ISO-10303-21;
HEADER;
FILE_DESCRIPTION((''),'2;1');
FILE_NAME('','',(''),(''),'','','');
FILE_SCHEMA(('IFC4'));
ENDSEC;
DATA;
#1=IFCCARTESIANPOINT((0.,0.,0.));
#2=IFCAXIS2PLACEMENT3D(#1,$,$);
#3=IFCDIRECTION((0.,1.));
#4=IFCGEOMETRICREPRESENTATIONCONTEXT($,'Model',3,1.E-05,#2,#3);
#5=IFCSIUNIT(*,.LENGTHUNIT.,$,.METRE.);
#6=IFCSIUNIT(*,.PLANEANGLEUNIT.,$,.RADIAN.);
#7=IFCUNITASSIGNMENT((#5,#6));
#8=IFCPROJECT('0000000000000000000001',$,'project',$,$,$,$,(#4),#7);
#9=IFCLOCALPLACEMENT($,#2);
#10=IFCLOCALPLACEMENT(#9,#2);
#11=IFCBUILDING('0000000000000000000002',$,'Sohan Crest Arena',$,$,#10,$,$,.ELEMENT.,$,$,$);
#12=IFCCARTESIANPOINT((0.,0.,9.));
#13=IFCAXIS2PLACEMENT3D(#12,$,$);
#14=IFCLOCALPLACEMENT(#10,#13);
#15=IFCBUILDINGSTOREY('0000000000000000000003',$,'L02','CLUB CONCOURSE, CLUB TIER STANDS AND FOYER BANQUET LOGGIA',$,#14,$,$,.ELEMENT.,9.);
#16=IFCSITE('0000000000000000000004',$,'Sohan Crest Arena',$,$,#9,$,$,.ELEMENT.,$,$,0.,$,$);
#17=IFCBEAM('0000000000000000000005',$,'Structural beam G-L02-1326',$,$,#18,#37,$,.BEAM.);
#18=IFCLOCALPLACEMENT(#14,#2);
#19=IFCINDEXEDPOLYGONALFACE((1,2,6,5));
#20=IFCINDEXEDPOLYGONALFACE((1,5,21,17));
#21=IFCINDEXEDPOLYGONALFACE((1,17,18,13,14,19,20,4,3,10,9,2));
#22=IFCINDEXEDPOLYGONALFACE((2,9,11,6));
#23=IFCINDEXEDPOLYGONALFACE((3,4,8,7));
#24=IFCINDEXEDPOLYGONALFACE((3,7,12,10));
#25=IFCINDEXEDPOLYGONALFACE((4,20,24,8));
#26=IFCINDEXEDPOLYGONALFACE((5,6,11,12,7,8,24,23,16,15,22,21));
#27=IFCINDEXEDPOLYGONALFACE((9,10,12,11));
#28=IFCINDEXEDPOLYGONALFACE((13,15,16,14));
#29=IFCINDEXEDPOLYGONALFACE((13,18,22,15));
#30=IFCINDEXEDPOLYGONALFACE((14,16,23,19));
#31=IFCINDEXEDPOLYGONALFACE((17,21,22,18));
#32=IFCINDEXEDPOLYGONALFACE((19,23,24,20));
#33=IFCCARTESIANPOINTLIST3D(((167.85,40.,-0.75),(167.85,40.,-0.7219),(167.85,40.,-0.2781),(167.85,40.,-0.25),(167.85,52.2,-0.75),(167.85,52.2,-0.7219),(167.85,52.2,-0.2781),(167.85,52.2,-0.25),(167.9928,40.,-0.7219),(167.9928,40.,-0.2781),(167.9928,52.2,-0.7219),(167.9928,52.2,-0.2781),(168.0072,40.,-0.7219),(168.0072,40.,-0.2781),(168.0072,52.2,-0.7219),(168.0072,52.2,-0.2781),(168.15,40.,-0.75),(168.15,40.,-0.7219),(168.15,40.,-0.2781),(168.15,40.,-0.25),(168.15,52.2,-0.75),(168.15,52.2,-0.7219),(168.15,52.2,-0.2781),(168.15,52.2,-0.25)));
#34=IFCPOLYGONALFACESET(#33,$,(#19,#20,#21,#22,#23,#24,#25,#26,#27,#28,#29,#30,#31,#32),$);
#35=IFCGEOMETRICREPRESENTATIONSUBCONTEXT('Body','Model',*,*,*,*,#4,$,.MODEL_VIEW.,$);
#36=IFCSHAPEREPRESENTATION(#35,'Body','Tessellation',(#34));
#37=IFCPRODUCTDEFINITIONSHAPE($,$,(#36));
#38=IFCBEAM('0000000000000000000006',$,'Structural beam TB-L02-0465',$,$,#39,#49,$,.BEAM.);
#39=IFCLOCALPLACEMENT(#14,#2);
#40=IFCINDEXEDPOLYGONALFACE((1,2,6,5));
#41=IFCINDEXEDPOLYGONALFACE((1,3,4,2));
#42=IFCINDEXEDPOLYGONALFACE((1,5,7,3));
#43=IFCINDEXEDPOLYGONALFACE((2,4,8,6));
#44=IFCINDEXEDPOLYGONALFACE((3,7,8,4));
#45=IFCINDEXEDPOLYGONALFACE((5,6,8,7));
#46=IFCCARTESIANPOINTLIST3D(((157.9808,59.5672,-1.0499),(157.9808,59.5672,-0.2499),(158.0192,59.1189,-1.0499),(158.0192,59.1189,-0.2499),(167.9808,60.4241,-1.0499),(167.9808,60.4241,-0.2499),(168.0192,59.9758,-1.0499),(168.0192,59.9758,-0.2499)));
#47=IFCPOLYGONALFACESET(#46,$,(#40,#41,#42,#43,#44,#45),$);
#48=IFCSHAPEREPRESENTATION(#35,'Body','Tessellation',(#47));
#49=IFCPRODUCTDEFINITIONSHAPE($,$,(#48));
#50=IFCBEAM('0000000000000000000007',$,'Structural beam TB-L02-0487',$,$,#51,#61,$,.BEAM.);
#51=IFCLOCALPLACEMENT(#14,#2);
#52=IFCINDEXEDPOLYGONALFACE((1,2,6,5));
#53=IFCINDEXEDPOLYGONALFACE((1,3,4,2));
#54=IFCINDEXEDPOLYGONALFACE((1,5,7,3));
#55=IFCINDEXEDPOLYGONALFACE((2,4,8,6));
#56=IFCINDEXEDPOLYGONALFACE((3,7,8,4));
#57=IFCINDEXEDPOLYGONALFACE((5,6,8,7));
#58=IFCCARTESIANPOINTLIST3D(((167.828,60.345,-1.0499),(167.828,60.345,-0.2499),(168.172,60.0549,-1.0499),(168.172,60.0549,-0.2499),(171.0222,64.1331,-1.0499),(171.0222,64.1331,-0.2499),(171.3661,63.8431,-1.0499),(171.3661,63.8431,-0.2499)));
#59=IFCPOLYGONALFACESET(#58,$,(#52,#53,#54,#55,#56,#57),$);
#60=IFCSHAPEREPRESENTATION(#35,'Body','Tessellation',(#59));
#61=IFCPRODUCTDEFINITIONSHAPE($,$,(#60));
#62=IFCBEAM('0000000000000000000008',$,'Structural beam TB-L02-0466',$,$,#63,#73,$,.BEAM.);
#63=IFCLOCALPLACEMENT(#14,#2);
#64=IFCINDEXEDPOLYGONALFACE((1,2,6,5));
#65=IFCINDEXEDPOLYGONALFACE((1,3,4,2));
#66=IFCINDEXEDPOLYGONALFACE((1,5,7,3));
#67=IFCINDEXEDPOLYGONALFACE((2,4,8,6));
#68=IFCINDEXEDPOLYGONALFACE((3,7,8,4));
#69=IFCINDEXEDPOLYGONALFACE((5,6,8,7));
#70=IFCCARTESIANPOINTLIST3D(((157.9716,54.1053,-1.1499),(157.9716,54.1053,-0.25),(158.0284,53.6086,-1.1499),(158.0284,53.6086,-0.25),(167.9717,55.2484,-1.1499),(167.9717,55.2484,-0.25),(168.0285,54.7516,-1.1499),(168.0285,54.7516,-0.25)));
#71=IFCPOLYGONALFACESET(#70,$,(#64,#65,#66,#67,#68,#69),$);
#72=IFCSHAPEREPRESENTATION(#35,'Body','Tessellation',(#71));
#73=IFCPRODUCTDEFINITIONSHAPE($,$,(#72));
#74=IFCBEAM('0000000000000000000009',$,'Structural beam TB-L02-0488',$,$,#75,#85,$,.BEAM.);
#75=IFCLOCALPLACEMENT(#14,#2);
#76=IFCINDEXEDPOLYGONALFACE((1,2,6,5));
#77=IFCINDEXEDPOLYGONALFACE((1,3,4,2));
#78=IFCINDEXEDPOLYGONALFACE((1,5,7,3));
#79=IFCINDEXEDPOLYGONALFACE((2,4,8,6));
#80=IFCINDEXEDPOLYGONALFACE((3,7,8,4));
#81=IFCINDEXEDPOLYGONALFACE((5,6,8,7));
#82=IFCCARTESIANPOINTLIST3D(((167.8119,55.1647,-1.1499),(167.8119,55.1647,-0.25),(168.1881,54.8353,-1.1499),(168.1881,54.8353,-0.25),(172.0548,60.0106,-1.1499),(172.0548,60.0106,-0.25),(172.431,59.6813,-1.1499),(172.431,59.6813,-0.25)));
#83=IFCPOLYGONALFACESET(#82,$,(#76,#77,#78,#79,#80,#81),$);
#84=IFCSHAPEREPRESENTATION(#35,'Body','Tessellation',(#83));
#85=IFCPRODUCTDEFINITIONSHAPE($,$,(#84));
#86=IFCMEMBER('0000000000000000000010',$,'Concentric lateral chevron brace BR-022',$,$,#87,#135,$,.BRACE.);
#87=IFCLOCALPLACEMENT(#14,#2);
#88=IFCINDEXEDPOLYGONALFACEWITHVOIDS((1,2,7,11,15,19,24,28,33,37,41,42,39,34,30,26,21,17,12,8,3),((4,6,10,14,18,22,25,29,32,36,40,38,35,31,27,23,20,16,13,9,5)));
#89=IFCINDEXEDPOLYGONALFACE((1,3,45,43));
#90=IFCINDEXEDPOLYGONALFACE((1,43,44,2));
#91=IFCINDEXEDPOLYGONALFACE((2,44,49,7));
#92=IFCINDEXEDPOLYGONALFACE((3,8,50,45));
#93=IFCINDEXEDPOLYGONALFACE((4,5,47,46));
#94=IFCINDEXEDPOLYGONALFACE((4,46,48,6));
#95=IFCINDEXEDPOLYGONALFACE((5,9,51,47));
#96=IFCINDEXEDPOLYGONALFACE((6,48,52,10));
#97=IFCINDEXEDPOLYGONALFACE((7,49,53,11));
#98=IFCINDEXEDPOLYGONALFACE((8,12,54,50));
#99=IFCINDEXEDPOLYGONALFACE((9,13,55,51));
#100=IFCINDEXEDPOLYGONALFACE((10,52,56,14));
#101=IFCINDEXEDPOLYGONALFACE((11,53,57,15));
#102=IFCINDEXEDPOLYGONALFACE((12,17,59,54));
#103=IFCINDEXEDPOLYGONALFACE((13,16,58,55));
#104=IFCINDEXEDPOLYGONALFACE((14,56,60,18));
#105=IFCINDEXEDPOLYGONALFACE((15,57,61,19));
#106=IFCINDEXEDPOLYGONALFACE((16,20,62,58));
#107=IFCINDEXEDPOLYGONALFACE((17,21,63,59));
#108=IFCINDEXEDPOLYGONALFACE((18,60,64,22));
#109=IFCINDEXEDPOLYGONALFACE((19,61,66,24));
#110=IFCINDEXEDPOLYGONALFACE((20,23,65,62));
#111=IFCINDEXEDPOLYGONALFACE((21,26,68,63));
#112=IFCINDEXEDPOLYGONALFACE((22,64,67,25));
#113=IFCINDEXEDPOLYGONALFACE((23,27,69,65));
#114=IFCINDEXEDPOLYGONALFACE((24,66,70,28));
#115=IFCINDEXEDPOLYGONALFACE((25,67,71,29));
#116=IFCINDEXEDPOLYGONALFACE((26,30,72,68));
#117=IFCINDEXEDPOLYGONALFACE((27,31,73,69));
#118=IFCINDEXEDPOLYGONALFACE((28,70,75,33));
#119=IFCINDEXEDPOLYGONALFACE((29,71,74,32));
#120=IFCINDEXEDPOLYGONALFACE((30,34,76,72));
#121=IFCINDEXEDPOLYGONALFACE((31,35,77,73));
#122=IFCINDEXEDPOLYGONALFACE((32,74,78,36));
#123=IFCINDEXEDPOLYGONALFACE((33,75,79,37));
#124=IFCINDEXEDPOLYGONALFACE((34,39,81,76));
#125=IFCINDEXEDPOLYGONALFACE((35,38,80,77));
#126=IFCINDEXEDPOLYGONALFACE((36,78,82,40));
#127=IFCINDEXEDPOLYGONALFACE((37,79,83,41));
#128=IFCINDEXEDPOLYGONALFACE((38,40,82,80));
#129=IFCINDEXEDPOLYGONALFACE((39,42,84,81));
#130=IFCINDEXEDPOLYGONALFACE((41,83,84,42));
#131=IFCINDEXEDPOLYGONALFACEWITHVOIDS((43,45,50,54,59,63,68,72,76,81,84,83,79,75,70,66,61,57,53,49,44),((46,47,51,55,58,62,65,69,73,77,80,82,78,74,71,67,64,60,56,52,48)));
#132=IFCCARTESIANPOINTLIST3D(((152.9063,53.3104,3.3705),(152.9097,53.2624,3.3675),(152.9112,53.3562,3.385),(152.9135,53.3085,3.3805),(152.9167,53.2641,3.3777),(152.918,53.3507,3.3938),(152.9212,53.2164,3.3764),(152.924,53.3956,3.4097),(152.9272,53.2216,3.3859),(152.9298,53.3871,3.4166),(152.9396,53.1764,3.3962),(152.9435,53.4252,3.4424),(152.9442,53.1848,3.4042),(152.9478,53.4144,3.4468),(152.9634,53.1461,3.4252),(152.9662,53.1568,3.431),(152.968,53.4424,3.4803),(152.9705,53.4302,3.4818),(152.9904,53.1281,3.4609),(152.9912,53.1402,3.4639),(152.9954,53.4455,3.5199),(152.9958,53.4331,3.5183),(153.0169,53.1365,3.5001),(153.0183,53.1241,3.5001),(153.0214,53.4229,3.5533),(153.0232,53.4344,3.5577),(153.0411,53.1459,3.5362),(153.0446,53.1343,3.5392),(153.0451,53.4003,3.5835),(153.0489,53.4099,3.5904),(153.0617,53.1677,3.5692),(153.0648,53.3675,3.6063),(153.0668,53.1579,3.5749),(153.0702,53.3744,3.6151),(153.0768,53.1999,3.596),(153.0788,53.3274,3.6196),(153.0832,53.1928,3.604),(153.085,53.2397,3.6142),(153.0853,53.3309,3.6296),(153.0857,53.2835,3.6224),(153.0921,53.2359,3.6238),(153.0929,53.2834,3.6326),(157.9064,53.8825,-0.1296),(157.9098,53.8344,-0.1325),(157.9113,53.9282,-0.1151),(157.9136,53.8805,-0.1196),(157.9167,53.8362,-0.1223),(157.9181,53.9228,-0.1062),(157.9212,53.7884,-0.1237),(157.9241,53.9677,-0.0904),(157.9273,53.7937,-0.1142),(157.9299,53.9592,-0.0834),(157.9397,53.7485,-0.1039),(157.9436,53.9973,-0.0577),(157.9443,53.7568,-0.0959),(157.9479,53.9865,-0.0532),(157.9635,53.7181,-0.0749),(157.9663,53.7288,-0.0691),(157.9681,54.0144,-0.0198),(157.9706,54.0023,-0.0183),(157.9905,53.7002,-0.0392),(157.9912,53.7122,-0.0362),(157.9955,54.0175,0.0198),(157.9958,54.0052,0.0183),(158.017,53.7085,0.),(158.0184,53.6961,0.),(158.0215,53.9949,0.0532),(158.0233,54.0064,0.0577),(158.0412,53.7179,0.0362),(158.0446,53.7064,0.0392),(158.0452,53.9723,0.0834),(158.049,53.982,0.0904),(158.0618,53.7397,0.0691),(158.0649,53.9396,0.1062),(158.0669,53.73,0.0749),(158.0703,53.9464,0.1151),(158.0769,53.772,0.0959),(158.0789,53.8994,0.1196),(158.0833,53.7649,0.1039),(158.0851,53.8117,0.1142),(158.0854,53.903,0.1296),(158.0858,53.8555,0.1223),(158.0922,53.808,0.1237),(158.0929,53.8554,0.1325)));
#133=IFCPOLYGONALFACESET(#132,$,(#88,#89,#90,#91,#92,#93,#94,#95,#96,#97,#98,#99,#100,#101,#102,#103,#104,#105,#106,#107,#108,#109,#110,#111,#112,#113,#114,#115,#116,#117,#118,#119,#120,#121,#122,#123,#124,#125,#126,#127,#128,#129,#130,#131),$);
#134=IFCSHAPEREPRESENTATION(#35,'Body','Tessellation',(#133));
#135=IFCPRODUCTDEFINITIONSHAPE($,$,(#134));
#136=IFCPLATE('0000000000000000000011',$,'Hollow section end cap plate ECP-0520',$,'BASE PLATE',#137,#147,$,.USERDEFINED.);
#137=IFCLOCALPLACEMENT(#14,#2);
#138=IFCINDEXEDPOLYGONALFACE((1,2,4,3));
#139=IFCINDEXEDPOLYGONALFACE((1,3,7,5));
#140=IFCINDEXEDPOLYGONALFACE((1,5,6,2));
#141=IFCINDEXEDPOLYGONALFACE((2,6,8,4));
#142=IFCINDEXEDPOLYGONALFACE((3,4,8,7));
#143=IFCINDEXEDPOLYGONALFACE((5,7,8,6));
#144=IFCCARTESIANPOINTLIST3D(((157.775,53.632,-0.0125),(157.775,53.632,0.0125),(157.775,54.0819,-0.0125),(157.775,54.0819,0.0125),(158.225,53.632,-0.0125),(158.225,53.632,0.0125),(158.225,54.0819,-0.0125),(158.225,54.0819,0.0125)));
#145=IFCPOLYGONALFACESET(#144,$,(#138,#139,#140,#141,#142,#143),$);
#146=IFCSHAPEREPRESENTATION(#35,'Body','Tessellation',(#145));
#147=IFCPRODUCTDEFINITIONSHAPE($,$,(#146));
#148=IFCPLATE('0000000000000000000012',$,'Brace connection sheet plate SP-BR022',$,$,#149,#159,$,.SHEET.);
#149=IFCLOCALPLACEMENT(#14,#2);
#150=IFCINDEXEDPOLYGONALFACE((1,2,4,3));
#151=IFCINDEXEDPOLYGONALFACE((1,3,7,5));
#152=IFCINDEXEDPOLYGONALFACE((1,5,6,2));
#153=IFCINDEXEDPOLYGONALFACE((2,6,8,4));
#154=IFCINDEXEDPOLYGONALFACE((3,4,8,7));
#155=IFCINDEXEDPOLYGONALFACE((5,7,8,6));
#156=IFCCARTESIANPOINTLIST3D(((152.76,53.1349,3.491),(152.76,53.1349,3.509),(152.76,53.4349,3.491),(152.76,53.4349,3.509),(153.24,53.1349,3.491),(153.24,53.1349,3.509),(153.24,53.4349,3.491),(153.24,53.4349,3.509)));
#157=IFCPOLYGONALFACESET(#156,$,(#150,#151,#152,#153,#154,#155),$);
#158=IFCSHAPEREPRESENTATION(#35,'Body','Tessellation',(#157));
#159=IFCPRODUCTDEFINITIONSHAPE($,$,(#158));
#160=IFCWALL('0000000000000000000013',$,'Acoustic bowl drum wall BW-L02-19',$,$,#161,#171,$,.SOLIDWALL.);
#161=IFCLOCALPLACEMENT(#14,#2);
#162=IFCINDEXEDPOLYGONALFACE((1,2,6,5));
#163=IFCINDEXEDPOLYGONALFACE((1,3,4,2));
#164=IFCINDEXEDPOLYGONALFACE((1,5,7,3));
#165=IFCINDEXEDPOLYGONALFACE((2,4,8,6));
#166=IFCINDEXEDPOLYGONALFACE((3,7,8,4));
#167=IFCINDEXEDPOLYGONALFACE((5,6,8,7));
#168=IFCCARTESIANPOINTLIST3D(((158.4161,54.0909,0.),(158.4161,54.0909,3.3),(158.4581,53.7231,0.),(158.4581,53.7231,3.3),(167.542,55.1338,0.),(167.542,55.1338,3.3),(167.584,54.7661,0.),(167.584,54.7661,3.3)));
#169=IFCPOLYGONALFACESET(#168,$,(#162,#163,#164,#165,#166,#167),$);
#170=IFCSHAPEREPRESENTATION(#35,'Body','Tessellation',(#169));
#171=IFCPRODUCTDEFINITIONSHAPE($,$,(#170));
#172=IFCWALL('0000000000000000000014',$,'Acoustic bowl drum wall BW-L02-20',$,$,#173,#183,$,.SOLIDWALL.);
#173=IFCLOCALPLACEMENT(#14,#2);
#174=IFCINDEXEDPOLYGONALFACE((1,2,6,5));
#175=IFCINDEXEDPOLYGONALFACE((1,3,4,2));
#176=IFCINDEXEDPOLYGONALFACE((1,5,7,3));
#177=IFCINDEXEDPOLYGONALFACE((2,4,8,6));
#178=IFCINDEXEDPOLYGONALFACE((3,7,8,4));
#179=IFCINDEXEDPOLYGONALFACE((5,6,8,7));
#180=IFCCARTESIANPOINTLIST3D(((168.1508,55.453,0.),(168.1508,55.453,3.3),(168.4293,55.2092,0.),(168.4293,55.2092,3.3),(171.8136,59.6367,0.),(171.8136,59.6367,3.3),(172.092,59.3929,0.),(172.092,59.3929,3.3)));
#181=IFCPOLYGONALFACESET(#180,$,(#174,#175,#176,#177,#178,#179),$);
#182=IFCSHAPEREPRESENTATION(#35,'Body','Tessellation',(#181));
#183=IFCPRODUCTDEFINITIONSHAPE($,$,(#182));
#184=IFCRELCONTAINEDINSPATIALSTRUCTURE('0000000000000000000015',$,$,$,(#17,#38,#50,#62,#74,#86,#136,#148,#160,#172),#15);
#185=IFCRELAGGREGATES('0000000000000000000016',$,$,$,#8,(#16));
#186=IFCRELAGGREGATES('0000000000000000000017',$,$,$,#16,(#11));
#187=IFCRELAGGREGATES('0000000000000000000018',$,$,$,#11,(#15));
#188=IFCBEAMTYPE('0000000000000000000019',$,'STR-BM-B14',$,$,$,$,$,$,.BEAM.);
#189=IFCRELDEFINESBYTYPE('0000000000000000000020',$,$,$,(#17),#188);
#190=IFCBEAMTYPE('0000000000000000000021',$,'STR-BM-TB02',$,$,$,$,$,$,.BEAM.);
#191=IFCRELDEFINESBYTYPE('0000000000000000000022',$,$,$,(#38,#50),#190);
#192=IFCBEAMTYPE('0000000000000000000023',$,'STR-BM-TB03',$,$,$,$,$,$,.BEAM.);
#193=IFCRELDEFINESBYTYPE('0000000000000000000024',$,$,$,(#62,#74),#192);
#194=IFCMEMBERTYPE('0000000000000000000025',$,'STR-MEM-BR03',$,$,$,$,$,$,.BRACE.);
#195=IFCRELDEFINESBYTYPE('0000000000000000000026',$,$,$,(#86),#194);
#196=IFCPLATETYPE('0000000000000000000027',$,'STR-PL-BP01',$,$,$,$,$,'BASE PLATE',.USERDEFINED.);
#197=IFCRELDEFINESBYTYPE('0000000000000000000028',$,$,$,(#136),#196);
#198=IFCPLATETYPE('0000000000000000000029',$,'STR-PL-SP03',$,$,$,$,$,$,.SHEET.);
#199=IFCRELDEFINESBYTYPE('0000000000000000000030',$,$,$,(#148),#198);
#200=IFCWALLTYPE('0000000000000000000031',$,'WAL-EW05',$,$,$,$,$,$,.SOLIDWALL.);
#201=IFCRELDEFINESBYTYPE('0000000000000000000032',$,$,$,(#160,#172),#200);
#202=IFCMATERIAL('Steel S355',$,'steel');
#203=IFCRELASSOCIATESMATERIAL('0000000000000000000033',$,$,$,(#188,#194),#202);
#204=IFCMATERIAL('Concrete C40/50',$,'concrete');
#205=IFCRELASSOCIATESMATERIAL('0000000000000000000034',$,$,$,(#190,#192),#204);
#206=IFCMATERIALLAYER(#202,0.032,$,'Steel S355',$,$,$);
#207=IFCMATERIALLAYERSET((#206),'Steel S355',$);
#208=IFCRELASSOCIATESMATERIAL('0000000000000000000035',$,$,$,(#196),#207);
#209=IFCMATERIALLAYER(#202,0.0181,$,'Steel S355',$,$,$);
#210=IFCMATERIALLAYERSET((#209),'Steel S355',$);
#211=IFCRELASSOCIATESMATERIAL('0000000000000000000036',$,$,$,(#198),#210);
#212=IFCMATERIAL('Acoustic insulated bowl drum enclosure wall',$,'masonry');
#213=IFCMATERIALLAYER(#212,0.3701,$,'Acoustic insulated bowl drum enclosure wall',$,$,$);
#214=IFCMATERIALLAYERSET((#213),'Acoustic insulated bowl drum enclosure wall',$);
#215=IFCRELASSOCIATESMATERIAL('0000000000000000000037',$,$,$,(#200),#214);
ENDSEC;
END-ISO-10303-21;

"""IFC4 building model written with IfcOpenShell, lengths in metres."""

from ifc_helpers import new_model, si_unit, direction, frame, frame_2d, origin, origin_2d, place, context, subcontext, project, spatial, rectangle, hollow_circle, i_section, extrude, material, layer, layer_set, material_profile, profile_set, type_object, element, save


model = new_model("IFC4")

# Units and contexts
model_context = context("Model", 3, precision=1e-05, world=origin(), true_north=direction((0.0, 1.0)))
body_context = subcontext(model_context, "Body", "Model", "MODEL_VIEW")
ifc_project = project(units=[si_unit("LENGTHUNIT", "METRE"), si_unit("PLANEANGLEUNIT", "RADIAN")], contexts=[model_context])

# Site, building, storey
site_placement = place(None, origin())
site = spatial("IfcSite", under=ifc_project, at=site_placement, Name="Sohan Crest Arena", CompositionType="ELEMENT", RefElevation=0.0)
building_placement = place(site_placement, origin())
building = spatial("IfcBuilding", under=site, at=building_placement, Name="Sohan Crest Arena", CompositionType="ELEMENT")
storey_placement = place(building_placement, frame((0.0, 0.0, 9.0)))
storey = spatial("IfcBuildingStorey", under=building, at=storey_placement, Name="L02", Description="CLUB CONCOURSE, CLUB TIER STANDS AND FOYER BANQUET LOGGIA", CompositionType="ELEMENT", Elevation=9.0)

# Shared definitions
ifc_material_1 = material(Name="Concrete C40/50", Category="concrete")
ifc_material_2 = material(Name="Steel S355", Category="steel")

# Beams
ifc_material_profile_1 = material_profile(ifc_material_2, i_section(OverallWidth=0.3, OverallDepth=0.5, WebThickness=0.0144, FlangeThickness=0.0281, at=origin_2d()), Name="HEB 500")
ifc_profile_set_1 = profile_set([ifc_material_profile_1], Name="Steel S355")
beam_type_1 = type_object("IfcBeamType", Name="STR-BM-B14", PredefinedType="BEAM", material=ifc_profile_set_1)
beam_1_placement = place(storey_placement, frame((168.0, 52.2, -0.5), z_axis=(0.0, -1.0, 0.0), x_axis=(1.0, 0.0, 0.0)))
element("IfcBeam", 1, at=beam_1_placement, inside=storey, type_object=beam_type_1, Name="Structural beam G-L02-1326", PredefinedType="BEAM", context=body_context, shape_type="SweptSolid", body=[
    extrude(i_section(OverallWidth=0.3, OverallDepth=0.5, WebThickness=0.0144, FlangeThickness=0.0281, at=origin_2d()), origin(), (0.0, 0.0, 1.0), 12.2),
])
ifc_material_profile_2 = material_profile(ifc_material_1, rectangle(XDim=0.45, YDim=0.8, at=origin_2d()), Name="RC-BM 450x800")
ifc_profile_set_2 = profile_set([ifc_material_profile_2], Name="Concrete C40/50")
beam_type_2 = type_object("IfcBeamType", Name="STR-BM-TB02", PredefinedType="BEAM", material=ifc_profile_set_2)
beam_2_placement = place(storey_placement, frame((158.0, 59.343, -0.6499), z_axis=(0.996348, 0.08538, 0.0), x_axis=(-0.08538, 0.996348, 0.0)))
element("IfcBeam", 2, at=beam_2_placement, inside=storey, type_object=beam_type_2, Name="Structural beam TB-L02-0465", PredefinedType="BEAM", context=body_context, shape_type="SweptSolid", body=[
    extrude(rectangle(XDim=0.45, YDim=0.8, at=origin_2d()), origin(), (0.0, 0.0, 1.0), 10.0366),
])
beam_3_placement = place(storey_placement, frame((168.0, 60.2, -0.6499), z_axis=(0.644623, 0.764501, 0.0), x_axis=(-0.764501, 0.644623, 0.0)))
element("IfcBeam", 3, at=beam_3_placement, inside=storey, type_object=beam_type_2, Name="Structural beam TB-L02-0487", PredefinedType="BEAM", context=body_context, shape_type="SweptSolid", body=[
    extrude(rectangle(XDim=0.45, YDim=0.8, at=origin_2d()), origin(), (0.0, 0.0, 1.0), 4.9551),
])
ifc_material_profile_3 = material_profile(ifc_material_1, rectangle(XDim=0.5, YDim=0.8999, at=origin_2d()), Name="RC-BM 500x900")
ifc_profile_set_3 = profile_set([ifc_material_profile_3], Name="Concrete C40/50")
beam_type_3 = type_object("IfcBeamType", Name="STR-BM-TB03", PredefinedType="BEAM", material=ifc_profile_set_3)
beam_4_placement = place(storey_placement, frame((158.0, 53.8569, -0.7), z_axis=(0.99353, 0.113567, 0.0), x_axis=(-0.113567, 0.99353, 0.0)))
element("IfcBeam", 4, at=beam_4_placement, inside=storey, type_object=beam_type_3, Name="Structural beam TB-L02-0466", PredefinedType="BEAM", context=body_context, shape_type="SweptSolid", body=[
    extrude(rectangle(XDim=0.5, YDim=0.8999, at=origin_2d()), origin(), (0.0, 0.0, 1.0), 10.0652),
])
beam_5_placement = place(storey_placement, frame((168.0, 55.0, -0.7), z_axis=(0.658743, 0.752368, 0.0), x_axis=(-0.752368, 0.658743, 0.0)))
element("IfcBeam", 5, at=beam_5_placement, inside=storey, type_object=beam_type_3, Name="Structural beam TB-L02-0488", PredefinedType="BEAM", context=body_context, shape_type="SweptSolid", body=[
    extrude(rectangle(XDim=0.5, YDim=0.8999, at=origin_2d()), origin(), (0.0, 0.0, 1.0), 6.4409),
])

# Member
ifc_material_profile_4 = material_profile(ifc_material_2, hollow_circle(Radius=0.1619, WallThickness=0.0125, at=origin_2d()), Name="CHS 323.9x12.5")
ifc_profile_set_4 = profile_set([ifc_material_profile_4], Name="Steel S355")
member_type = type_object("IfcMemberType", Name="STR-MEM-BR03", PredefinedType="BRACE", material=ifc_profile_set_4)
member_placement = place(storey_placement, frame((158.0, 53.8569, 0.0), z_axis=(-0.815657, -0.093315, 0.57096), x_axis=(0.113663, -0.993519, 0.0)))
element("IfcMember", 6, at=member_placement, inside=storey, type_object=member_type, Name="Concentric lateral chevron brace BR-022", PredefinedType="BRACE", context=body_context, shape_type="SweptSolid", body=[
    extrude(hollow_circle(Radius=0.1619, WallThickness=0.0125, at=origin_2d()), origin(), (0.0, 0.0, 1.0), 6.1301),
])

# Plates
ifc_layer_1 = layer(ifc_material_2, 0.032, Name="Steel S355")
ifc_layer_set_1 = layer_set([ifc_layer_1], Name="Steel S355")
plate_type_1 = type_object("IfcPlateType", Name="STR-PL-BP01", ElementType="BASE PLATE", PredefinedType="USERDEFINED", material=ifc_layer_set_1)
plate_1_placement = place(storey_placement, frame((158.0, 53.8569, -0.0125), z_axis=(0.0, 0.0, 1.0), x_axis=(1.0, 0.0, 0.0)))
element("IfcPlate", 7, at=plate_1_placement, inside=storey, type_object=plate_type_1, Name="Hollow section end cap plate ECP-0520", ObjectType="BASE PLATE", PredefinedType="USERDEFINED", context=body_context, shape_type="SweptSolid", body=[
    extrude(rectangle(XDim=0.45, YDim=0.45, at=origin_2d()), origin(), (0.0, 0.0, 1.0), 0.0249),
])
ifc_layer_2 = layer(ifc_material_2, 0.0181, Name="Steel S355")
ifc_layer_set_2 = layer_set([ifc_layer_2], Name="Steel S355")
plate_type_2 = type_object("IfcPlateType", Name="STR-PL-SP03", PredefinedType="SHEET", material=ifc_layer_set_2)
plate_2_placement = place(storey_placement, frame((153.0, 53.2849, 3.491), z_axis=(0.0, 0.0, 1.0), x_axis=(1.0, 0.0, 0.0)))
element("IfcPlate", 8, at=plate_2_placement, inside=storey, type_object=plate_type_2, Name="Brace connection sheet plate SP-BR022", PredefinedType="SHEET", context=body_context, shape_type="SweptSolid", body=[
    extrude(rectangle(XDim=0.48, YDim=0.3, at=origin_2d()), origin(), (0.0, 0.0, 1.0), 0.0181),
])

# Walls
ifc_material_3 = material(Name="Acoustic insulated bowl drum enclosure wall", Category="masonry")
ifc_layer_3 = layer(ifc_material_3, 0.3701, Name="Acoustic insulated bowl drum enclosure wall")
ifc_layer_set_3 = layer_set([ifc_layer_3], Name="Acoustic insulated bowl drum enclosure wall")
wall_type = type_object("IfcWallType", Name="WAL-EW05", PredefinedType="SOLIDWALL", material=ifc_layer_set_3)
wall_1_placement = place(storey_placement, frame((158.437, 53.907, 0.0), z_axis=(0.0, 0.0, 1.0), x_axis=(0.993533, 0.113547, 0.0)))
element("IfcWall", 9, at=wall_1_placement, inside=storey, type_object=wall_type, Name="Acoustic bowl drum wall BW-L02-19", PredefinedType="SOLIDWALL", context=body_context, shape_type="SweptSolid", body=[
    extrude(rectangle(XDim=9.1853, YDim=0.3701, at=frame_2d((4.5928, 0.0))), origin(), (0.0, 0.0, 1.0), 3.3),
])
wall_2_placement = place(storey_placement, frame((168.29, 55.3311, 0.0), z_axis=(0.0, 0.0, 1.0), x_axis=(0.658707, 0.7524, 0.0)))
element("IfcWall", 10, at=wall_2_placement, inside=storey, type_object=wall_type, Name="Acoustic bowl drum wall BW-L02-20", PredefinedType="SOLIDWALL", context=body_context, shape_type="SweptSolid", body=[
    extrude(rectangle(XDim=5.5605, YDim=0.3701, at=frame_2d((2.7803, 0.0))), origin(), (0.0, 0.0, 1.0), 3.3),
])

save(model, "model.ifc")
